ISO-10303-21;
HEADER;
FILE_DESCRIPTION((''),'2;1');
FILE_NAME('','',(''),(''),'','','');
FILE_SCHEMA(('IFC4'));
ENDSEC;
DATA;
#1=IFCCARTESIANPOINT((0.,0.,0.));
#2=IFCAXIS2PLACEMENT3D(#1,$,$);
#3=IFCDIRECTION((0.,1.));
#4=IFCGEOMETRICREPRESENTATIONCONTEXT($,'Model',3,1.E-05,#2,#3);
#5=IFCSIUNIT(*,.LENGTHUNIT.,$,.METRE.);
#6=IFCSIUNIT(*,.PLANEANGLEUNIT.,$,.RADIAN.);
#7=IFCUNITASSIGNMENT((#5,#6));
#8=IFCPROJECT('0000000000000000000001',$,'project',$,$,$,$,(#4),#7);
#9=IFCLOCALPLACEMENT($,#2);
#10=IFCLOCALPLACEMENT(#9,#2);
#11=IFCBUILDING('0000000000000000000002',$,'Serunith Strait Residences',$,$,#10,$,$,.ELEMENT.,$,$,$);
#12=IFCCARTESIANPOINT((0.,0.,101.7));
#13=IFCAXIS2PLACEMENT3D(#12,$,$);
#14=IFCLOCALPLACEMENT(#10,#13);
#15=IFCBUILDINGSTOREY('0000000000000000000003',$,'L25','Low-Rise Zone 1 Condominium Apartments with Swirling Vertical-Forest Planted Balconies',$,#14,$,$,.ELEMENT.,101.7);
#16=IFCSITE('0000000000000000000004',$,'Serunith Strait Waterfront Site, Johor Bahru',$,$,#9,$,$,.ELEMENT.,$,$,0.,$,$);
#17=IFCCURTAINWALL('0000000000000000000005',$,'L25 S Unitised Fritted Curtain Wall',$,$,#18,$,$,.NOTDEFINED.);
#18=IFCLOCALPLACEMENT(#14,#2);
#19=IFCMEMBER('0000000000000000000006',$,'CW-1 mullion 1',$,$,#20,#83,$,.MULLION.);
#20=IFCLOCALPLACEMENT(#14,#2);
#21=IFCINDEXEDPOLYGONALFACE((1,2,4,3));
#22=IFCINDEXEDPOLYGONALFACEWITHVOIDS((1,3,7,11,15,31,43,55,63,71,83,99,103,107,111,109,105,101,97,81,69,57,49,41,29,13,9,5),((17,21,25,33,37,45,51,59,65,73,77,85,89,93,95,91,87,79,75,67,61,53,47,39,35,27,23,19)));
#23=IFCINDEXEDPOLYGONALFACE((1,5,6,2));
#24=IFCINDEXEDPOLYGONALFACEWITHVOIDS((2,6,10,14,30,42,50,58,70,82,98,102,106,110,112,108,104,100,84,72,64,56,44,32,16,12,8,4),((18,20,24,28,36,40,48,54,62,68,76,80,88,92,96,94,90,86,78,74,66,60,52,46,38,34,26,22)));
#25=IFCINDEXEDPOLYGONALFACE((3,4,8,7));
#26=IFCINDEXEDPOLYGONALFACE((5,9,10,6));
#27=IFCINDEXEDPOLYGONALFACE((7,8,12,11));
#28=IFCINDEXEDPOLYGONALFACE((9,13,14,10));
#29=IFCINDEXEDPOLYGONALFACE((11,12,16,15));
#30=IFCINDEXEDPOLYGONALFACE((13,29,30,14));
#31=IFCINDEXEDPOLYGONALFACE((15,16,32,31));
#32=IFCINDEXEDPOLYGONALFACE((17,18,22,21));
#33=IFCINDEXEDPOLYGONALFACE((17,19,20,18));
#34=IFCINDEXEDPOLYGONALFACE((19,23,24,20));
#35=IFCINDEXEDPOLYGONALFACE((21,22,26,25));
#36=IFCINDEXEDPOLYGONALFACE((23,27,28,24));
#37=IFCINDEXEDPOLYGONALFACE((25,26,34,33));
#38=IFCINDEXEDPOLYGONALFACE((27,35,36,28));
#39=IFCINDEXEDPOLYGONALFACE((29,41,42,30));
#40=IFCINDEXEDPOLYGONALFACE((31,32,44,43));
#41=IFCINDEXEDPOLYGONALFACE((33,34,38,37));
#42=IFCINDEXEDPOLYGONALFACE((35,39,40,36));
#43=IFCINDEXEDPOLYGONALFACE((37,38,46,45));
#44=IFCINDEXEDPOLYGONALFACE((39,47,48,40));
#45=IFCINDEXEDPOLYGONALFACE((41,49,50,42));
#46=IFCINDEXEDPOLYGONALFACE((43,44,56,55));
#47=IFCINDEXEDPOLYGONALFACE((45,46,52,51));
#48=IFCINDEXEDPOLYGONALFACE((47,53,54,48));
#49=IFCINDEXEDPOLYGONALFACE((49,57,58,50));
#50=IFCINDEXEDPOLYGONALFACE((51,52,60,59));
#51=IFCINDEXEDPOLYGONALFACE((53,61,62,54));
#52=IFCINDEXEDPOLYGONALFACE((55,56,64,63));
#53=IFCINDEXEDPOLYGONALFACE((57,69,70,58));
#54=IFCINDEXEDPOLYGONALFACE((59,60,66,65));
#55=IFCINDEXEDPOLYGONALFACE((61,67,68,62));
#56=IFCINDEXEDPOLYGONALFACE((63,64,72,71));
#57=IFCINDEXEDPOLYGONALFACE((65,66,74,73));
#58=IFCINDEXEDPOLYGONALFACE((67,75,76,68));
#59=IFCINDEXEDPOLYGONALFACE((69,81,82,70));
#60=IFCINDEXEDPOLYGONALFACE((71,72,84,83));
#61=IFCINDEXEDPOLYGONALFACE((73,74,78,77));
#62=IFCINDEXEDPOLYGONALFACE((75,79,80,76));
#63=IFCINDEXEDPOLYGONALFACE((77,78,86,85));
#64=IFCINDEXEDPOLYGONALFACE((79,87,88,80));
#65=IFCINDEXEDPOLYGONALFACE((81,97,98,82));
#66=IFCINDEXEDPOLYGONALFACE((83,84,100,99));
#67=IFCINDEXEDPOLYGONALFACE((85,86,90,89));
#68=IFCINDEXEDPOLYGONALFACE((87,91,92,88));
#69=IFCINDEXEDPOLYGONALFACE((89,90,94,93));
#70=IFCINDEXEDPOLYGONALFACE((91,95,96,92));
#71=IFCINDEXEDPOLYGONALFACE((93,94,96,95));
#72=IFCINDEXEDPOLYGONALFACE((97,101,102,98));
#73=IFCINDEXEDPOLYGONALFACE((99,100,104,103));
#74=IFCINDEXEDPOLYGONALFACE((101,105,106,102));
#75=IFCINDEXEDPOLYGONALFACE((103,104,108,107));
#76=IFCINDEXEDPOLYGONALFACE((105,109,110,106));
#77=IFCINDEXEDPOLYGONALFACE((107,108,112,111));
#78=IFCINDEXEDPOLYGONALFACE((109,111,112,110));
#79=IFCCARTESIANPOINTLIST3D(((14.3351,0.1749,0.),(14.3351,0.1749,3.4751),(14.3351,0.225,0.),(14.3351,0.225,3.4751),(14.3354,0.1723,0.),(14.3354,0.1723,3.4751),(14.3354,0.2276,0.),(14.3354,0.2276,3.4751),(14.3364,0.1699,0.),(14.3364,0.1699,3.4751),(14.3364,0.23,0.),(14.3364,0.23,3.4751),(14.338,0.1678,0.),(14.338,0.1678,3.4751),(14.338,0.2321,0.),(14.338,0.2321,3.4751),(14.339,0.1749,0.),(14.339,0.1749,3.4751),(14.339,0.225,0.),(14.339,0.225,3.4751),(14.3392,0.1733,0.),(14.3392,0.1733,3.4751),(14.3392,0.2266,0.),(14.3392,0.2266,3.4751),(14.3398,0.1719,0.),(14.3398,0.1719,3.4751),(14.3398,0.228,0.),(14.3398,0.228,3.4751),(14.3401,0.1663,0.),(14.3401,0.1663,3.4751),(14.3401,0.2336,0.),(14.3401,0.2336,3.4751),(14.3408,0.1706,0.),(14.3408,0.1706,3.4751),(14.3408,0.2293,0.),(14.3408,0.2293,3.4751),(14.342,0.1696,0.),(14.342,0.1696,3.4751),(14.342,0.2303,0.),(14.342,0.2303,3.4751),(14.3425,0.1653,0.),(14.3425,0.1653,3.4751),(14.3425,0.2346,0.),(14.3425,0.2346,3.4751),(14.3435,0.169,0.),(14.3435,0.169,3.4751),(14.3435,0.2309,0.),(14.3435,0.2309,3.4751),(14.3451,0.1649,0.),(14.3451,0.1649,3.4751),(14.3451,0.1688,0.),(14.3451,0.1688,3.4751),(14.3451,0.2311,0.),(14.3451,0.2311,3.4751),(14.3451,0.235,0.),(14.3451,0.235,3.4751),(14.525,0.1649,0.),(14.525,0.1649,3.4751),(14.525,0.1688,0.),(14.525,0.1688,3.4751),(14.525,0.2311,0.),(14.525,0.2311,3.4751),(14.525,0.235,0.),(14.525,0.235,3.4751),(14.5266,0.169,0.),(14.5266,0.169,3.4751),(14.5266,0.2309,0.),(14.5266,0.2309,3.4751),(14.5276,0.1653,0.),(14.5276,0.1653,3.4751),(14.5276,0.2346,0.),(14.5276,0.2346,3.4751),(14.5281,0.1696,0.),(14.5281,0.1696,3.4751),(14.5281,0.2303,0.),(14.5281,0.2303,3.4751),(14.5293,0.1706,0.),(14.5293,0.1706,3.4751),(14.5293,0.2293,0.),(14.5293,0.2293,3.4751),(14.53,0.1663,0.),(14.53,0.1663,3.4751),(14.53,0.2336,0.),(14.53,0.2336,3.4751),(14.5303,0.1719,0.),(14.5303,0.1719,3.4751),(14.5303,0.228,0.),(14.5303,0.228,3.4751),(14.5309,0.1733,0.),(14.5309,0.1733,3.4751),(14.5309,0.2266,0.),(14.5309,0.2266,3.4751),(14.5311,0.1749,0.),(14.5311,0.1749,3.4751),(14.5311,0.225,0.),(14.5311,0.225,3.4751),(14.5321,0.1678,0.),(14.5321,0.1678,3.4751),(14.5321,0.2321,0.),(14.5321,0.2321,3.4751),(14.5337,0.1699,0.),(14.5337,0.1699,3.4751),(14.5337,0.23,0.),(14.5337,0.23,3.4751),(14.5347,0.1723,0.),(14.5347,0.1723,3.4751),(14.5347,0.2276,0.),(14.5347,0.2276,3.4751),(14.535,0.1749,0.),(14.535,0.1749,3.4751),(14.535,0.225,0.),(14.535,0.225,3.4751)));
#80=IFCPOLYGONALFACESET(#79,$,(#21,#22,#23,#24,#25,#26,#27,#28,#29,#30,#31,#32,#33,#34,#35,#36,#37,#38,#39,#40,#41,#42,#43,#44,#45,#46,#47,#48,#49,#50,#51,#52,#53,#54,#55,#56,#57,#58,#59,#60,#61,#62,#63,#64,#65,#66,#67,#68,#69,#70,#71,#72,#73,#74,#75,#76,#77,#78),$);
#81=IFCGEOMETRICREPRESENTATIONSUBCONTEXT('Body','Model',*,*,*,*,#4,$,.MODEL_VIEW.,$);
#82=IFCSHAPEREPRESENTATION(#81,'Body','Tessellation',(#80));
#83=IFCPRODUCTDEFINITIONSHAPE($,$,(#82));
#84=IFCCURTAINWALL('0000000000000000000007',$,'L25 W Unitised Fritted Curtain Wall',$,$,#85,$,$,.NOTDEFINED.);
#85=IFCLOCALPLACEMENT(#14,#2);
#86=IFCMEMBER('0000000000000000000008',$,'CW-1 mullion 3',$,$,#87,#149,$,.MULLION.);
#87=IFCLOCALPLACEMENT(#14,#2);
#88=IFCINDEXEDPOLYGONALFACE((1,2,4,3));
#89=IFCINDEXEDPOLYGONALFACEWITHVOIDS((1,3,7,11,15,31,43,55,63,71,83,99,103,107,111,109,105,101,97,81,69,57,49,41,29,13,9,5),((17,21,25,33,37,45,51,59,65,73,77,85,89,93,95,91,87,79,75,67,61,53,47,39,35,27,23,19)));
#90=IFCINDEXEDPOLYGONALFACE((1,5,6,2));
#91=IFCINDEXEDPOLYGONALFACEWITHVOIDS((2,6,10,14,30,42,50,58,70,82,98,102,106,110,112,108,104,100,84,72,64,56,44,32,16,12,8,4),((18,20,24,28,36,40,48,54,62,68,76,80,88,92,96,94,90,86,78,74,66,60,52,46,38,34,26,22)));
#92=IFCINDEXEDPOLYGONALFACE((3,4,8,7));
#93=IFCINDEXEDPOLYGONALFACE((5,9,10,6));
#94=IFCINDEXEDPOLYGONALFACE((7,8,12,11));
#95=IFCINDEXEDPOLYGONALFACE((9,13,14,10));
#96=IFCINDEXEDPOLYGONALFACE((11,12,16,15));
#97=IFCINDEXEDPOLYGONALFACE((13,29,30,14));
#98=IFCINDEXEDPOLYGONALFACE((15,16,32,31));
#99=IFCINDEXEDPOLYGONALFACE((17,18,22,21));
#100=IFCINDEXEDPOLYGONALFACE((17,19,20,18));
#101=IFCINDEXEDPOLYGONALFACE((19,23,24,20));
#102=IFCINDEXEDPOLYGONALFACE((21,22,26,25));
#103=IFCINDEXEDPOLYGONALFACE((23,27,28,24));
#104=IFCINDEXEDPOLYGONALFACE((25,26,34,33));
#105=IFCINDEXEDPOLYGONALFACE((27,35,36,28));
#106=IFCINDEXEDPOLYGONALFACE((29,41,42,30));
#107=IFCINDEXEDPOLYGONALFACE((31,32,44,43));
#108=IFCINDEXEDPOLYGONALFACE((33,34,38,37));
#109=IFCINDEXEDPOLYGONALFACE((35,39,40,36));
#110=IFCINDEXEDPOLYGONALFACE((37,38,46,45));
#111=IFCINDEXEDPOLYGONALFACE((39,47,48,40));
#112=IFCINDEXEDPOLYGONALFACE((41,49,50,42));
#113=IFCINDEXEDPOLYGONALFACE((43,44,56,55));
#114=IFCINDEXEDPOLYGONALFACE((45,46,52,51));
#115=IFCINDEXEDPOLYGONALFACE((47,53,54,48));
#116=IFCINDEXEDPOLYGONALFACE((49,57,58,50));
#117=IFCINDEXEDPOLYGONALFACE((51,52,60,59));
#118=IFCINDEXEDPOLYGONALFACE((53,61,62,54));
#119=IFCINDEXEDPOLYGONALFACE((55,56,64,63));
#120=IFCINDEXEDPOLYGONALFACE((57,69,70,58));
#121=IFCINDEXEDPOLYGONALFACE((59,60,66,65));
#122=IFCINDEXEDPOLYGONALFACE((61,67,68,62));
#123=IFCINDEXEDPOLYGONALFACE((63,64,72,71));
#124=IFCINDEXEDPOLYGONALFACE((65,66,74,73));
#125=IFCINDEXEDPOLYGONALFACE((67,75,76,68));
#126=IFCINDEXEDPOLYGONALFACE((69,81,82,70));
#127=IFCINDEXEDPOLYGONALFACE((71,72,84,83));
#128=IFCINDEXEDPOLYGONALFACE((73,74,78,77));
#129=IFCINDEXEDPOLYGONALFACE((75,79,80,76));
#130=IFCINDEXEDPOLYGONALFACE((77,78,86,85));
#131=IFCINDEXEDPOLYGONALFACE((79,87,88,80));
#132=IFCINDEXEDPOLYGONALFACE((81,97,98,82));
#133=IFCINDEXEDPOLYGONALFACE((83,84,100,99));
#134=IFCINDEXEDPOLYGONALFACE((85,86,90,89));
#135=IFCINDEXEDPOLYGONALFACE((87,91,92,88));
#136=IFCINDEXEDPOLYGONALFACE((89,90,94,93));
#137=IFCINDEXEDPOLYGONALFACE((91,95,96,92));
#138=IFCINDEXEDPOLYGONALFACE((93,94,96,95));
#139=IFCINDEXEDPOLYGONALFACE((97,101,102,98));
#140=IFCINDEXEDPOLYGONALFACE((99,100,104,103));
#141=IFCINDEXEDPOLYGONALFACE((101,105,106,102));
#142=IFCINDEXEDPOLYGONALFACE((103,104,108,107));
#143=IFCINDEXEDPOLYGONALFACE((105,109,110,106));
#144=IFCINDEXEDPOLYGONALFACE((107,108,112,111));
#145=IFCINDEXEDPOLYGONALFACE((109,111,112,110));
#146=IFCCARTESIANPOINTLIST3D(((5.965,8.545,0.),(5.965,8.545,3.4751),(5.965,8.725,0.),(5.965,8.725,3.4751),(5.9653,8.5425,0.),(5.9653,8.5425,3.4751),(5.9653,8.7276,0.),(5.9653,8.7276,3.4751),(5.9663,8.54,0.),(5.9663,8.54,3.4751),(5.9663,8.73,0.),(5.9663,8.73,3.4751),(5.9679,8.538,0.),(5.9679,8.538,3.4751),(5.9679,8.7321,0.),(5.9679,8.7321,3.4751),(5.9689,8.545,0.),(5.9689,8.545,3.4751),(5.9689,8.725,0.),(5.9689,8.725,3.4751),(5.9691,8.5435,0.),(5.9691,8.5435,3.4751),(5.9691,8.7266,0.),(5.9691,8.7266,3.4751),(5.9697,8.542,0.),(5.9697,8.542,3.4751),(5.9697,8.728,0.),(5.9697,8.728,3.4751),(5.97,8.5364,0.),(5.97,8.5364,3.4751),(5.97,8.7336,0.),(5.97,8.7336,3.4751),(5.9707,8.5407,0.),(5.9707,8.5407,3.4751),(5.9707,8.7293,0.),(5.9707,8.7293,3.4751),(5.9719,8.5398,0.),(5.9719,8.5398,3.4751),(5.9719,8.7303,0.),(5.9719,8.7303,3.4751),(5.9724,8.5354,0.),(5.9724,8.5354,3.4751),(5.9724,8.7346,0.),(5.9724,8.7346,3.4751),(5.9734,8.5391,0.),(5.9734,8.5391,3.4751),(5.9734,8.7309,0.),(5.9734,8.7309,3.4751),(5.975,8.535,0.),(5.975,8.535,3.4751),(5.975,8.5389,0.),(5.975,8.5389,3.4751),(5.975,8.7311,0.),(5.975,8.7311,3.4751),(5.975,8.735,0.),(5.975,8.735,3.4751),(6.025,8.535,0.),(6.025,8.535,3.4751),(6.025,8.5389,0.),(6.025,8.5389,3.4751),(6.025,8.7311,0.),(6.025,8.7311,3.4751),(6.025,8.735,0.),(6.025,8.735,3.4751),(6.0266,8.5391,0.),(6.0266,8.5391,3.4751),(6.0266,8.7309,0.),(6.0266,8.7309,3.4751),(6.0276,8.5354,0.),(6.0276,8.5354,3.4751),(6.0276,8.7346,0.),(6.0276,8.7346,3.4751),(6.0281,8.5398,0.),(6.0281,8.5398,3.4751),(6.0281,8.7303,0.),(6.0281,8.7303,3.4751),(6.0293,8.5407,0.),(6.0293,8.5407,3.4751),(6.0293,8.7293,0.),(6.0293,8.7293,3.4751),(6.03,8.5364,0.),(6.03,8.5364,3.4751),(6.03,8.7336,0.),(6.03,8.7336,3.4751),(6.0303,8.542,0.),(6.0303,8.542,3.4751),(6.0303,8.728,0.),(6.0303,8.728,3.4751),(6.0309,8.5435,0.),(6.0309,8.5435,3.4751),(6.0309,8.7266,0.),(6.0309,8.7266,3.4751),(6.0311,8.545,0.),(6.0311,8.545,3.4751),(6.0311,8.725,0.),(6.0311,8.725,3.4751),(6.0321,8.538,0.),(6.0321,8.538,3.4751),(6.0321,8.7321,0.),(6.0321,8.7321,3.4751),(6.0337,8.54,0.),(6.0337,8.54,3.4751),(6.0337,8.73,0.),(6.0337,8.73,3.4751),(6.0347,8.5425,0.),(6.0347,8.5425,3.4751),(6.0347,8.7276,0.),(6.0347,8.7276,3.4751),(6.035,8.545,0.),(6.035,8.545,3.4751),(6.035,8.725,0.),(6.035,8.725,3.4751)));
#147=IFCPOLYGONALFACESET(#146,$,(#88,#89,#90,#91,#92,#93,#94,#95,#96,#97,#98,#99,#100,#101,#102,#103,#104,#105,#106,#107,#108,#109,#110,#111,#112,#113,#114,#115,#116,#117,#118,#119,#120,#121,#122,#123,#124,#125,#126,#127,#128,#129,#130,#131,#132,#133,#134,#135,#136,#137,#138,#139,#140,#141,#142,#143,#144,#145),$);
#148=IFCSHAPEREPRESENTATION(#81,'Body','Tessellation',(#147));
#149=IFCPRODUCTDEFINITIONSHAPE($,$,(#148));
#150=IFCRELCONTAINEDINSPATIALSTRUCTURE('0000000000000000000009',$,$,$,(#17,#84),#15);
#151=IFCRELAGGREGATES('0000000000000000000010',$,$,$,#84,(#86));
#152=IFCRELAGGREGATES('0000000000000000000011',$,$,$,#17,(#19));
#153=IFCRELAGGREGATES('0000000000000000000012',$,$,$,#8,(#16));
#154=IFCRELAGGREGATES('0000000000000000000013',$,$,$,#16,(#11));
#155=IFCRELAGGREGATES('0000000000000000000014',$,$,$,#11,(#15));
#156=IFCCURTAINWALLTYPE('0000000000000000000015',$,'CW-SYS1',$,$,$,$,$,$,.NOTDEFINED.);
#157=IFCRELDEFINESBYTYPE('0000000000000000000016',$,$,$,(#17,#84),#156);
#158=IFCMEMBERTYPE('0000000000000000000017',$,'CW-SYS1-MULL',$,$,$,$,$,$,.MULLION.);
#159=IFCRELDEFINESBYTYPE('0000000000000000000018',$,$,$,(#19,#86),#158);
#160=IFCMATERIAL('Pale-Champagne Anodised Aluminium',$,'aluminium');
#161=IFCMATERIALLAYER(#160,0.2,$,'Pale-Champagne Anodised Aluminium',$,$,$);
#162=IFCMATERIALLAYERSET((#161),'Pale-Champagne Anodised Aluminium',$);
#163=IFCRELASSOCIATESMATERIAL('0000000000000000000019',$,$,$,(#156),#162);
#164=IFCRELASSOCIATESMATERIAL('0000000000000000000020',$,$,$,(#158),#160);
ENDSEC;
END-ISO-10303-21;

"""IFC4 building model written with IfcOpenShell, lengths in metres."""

from ifc_helpers import new_model, si_unit, direction, frame, origin, origin_2d, place, context, subcontext, project, spatial, hollow_rectangle, extrude, source, transform, mapped, material, layer, layer_set, material_profile, profile_set, type_object, element, aggregate, save


model = new_model("IFC4")

# Units and contexts
model_context = context("Model", 3, precision=1e-05, world=origin(), true_north=direction((0.0, 1.0)))
body_context = subcontext(model_context, "Body", "Model", "MODEL_VIEW")
ifc_project = project(units=[si_unit("LENGTHUNIT", "METRE"), si_unit("PLANEANGLEUNIT", "RADIAN")], contexts=[model_context])

# Site, building, storey
site_placement = place(None, origin())
site = spatial("IfcSite", under=ifc_project, at=site_placement, Name="Serunith Strait Waterfront Site, Johor Bahru", CompositionType="ELEMENT", RefElevation=0.0)
building_placement = place(site_placement, origin())
building = spatial("IfcBuilding", under=site, at=building_placement, Name="Serunith Strait Residences", CompositionType="ELEMENT")
storey_placement = place(building_placement, frame((0.0, 0.0, 101.7)))
storey = spatial("IfcBuildingStorey", under=building, at=storey_placement, Name="L25", Description="Low-Rise Zone 1 Condominium Apartments with Swirling Vertical-Forest Planted Balconies", CompositionType="ELEMENT", Elevation=101.7)

# Curtain walls, members
ifc_material_1 = material(Name="Pale-Champagne Anodised Aluminium", Category="aluminium")
ifc_layer_1 = layer(ifc_material_1, 0.2, Name="Pale-Champagne Anodised Aluminium")
ifc_layer_set_1 = layer_set([ifc_layer_1], Name="Pale-Champagne Anodised Aluminium")
curtain_wall_type = type_object("IfcCurtainWallType", Name="CW-SYS1", PredefinedType="NOTDEFINED", material=ifc_layer_set_1)
curtain_wall_1_placement = place(storey_placement, origin())
curtain_wall_1 = element("IfcCurtainWall", 1, at=curtain_wall_1_placement, inside=storey, type_object=curtain_wall_type, Name="L25 S Unitised Fritted Curtain Wall", PredefinedType="NOTDEFINED")
ifc_material_profile_1 = material_profile(ifc_material_1, hollow_rectangle(XDim=0.0701, YDim=0.2, WallThickness=0.0039, InnerFilletRadius=0.0061, OuterFilletRadius=0.01, at=origin_2d()), Name="ALU 200x70x4")
ifc_profile_set_1 = profile_set([ifc_material_profile_1], Name="Pale-Champagne Anodised Aluminium")
member_type_1 = type_object("IfcMemberType", Name="CW-SYS1-MULL", PredefinedType="MULLION", material=ifc_profile_set_1)
shared_shape_1 = source(origin(), body_context, "Body", "SweptSolid", [
    extrude(hollow_rectangle(XDim=0.0701, YDim=0.2, WallThickness=0.0039, InnerFilletRadius=0.0061, OuterFilletRadius=0.01, at=origin_2d()), origin(), (0.0, 0.0, 1.0), 3.4751),
])
member_1_placement = place(storey_placement, frame((14.4351, 0.2, 0.0), z_axis=(0.0, 0.0, 1.0), x_axis=(0.0, 1.0, 0.0)))
member_1 = element("IfcMember", 2, at=member_1_placement, type_object=member_type_1, Name="CW-1 mullion 1", PredefinedType="MULLION", context=body_context, shape_type="MappedRepresentation", body=[
    mapped(shared_shape_1, transform((0.0, 0.0, 0.0), scale=1.0)),
])
curtain_wall_2_placement = place(storey_placement, origin())
curtain_wall_2 = element("IfcCurtainWall", 3, at=curtain_wall_2_placement, inside=storey, type_object=curtain_wall_type, Name="L25 W Unitised Fritted Curtain Wall", PredefinedType="NOTDEFINED")
member_2_placement = place(storey_placement, frame((6.0, 8.635, 0.0), z_axis=(0.0, 0.0, 1.0), x_axis=(1.0, 0.0, 0.0)))
member_2 = element("IfcMember", 4, at=member_2_placement, type_object=member_type_1, Name="CW-1 mullion 3", PredefinedType="MULLION", context=body_context, shape_type="MappedRepresentation", body=[
    mapped(shared_shape_1, transform((0.0, 0.0, 0.0), scale=1.0)),
])
aggregate(curtain_wall_2, [member_2])

aggregate(curtain_wall_1, [member_1])

save(model, "model.ifc")
